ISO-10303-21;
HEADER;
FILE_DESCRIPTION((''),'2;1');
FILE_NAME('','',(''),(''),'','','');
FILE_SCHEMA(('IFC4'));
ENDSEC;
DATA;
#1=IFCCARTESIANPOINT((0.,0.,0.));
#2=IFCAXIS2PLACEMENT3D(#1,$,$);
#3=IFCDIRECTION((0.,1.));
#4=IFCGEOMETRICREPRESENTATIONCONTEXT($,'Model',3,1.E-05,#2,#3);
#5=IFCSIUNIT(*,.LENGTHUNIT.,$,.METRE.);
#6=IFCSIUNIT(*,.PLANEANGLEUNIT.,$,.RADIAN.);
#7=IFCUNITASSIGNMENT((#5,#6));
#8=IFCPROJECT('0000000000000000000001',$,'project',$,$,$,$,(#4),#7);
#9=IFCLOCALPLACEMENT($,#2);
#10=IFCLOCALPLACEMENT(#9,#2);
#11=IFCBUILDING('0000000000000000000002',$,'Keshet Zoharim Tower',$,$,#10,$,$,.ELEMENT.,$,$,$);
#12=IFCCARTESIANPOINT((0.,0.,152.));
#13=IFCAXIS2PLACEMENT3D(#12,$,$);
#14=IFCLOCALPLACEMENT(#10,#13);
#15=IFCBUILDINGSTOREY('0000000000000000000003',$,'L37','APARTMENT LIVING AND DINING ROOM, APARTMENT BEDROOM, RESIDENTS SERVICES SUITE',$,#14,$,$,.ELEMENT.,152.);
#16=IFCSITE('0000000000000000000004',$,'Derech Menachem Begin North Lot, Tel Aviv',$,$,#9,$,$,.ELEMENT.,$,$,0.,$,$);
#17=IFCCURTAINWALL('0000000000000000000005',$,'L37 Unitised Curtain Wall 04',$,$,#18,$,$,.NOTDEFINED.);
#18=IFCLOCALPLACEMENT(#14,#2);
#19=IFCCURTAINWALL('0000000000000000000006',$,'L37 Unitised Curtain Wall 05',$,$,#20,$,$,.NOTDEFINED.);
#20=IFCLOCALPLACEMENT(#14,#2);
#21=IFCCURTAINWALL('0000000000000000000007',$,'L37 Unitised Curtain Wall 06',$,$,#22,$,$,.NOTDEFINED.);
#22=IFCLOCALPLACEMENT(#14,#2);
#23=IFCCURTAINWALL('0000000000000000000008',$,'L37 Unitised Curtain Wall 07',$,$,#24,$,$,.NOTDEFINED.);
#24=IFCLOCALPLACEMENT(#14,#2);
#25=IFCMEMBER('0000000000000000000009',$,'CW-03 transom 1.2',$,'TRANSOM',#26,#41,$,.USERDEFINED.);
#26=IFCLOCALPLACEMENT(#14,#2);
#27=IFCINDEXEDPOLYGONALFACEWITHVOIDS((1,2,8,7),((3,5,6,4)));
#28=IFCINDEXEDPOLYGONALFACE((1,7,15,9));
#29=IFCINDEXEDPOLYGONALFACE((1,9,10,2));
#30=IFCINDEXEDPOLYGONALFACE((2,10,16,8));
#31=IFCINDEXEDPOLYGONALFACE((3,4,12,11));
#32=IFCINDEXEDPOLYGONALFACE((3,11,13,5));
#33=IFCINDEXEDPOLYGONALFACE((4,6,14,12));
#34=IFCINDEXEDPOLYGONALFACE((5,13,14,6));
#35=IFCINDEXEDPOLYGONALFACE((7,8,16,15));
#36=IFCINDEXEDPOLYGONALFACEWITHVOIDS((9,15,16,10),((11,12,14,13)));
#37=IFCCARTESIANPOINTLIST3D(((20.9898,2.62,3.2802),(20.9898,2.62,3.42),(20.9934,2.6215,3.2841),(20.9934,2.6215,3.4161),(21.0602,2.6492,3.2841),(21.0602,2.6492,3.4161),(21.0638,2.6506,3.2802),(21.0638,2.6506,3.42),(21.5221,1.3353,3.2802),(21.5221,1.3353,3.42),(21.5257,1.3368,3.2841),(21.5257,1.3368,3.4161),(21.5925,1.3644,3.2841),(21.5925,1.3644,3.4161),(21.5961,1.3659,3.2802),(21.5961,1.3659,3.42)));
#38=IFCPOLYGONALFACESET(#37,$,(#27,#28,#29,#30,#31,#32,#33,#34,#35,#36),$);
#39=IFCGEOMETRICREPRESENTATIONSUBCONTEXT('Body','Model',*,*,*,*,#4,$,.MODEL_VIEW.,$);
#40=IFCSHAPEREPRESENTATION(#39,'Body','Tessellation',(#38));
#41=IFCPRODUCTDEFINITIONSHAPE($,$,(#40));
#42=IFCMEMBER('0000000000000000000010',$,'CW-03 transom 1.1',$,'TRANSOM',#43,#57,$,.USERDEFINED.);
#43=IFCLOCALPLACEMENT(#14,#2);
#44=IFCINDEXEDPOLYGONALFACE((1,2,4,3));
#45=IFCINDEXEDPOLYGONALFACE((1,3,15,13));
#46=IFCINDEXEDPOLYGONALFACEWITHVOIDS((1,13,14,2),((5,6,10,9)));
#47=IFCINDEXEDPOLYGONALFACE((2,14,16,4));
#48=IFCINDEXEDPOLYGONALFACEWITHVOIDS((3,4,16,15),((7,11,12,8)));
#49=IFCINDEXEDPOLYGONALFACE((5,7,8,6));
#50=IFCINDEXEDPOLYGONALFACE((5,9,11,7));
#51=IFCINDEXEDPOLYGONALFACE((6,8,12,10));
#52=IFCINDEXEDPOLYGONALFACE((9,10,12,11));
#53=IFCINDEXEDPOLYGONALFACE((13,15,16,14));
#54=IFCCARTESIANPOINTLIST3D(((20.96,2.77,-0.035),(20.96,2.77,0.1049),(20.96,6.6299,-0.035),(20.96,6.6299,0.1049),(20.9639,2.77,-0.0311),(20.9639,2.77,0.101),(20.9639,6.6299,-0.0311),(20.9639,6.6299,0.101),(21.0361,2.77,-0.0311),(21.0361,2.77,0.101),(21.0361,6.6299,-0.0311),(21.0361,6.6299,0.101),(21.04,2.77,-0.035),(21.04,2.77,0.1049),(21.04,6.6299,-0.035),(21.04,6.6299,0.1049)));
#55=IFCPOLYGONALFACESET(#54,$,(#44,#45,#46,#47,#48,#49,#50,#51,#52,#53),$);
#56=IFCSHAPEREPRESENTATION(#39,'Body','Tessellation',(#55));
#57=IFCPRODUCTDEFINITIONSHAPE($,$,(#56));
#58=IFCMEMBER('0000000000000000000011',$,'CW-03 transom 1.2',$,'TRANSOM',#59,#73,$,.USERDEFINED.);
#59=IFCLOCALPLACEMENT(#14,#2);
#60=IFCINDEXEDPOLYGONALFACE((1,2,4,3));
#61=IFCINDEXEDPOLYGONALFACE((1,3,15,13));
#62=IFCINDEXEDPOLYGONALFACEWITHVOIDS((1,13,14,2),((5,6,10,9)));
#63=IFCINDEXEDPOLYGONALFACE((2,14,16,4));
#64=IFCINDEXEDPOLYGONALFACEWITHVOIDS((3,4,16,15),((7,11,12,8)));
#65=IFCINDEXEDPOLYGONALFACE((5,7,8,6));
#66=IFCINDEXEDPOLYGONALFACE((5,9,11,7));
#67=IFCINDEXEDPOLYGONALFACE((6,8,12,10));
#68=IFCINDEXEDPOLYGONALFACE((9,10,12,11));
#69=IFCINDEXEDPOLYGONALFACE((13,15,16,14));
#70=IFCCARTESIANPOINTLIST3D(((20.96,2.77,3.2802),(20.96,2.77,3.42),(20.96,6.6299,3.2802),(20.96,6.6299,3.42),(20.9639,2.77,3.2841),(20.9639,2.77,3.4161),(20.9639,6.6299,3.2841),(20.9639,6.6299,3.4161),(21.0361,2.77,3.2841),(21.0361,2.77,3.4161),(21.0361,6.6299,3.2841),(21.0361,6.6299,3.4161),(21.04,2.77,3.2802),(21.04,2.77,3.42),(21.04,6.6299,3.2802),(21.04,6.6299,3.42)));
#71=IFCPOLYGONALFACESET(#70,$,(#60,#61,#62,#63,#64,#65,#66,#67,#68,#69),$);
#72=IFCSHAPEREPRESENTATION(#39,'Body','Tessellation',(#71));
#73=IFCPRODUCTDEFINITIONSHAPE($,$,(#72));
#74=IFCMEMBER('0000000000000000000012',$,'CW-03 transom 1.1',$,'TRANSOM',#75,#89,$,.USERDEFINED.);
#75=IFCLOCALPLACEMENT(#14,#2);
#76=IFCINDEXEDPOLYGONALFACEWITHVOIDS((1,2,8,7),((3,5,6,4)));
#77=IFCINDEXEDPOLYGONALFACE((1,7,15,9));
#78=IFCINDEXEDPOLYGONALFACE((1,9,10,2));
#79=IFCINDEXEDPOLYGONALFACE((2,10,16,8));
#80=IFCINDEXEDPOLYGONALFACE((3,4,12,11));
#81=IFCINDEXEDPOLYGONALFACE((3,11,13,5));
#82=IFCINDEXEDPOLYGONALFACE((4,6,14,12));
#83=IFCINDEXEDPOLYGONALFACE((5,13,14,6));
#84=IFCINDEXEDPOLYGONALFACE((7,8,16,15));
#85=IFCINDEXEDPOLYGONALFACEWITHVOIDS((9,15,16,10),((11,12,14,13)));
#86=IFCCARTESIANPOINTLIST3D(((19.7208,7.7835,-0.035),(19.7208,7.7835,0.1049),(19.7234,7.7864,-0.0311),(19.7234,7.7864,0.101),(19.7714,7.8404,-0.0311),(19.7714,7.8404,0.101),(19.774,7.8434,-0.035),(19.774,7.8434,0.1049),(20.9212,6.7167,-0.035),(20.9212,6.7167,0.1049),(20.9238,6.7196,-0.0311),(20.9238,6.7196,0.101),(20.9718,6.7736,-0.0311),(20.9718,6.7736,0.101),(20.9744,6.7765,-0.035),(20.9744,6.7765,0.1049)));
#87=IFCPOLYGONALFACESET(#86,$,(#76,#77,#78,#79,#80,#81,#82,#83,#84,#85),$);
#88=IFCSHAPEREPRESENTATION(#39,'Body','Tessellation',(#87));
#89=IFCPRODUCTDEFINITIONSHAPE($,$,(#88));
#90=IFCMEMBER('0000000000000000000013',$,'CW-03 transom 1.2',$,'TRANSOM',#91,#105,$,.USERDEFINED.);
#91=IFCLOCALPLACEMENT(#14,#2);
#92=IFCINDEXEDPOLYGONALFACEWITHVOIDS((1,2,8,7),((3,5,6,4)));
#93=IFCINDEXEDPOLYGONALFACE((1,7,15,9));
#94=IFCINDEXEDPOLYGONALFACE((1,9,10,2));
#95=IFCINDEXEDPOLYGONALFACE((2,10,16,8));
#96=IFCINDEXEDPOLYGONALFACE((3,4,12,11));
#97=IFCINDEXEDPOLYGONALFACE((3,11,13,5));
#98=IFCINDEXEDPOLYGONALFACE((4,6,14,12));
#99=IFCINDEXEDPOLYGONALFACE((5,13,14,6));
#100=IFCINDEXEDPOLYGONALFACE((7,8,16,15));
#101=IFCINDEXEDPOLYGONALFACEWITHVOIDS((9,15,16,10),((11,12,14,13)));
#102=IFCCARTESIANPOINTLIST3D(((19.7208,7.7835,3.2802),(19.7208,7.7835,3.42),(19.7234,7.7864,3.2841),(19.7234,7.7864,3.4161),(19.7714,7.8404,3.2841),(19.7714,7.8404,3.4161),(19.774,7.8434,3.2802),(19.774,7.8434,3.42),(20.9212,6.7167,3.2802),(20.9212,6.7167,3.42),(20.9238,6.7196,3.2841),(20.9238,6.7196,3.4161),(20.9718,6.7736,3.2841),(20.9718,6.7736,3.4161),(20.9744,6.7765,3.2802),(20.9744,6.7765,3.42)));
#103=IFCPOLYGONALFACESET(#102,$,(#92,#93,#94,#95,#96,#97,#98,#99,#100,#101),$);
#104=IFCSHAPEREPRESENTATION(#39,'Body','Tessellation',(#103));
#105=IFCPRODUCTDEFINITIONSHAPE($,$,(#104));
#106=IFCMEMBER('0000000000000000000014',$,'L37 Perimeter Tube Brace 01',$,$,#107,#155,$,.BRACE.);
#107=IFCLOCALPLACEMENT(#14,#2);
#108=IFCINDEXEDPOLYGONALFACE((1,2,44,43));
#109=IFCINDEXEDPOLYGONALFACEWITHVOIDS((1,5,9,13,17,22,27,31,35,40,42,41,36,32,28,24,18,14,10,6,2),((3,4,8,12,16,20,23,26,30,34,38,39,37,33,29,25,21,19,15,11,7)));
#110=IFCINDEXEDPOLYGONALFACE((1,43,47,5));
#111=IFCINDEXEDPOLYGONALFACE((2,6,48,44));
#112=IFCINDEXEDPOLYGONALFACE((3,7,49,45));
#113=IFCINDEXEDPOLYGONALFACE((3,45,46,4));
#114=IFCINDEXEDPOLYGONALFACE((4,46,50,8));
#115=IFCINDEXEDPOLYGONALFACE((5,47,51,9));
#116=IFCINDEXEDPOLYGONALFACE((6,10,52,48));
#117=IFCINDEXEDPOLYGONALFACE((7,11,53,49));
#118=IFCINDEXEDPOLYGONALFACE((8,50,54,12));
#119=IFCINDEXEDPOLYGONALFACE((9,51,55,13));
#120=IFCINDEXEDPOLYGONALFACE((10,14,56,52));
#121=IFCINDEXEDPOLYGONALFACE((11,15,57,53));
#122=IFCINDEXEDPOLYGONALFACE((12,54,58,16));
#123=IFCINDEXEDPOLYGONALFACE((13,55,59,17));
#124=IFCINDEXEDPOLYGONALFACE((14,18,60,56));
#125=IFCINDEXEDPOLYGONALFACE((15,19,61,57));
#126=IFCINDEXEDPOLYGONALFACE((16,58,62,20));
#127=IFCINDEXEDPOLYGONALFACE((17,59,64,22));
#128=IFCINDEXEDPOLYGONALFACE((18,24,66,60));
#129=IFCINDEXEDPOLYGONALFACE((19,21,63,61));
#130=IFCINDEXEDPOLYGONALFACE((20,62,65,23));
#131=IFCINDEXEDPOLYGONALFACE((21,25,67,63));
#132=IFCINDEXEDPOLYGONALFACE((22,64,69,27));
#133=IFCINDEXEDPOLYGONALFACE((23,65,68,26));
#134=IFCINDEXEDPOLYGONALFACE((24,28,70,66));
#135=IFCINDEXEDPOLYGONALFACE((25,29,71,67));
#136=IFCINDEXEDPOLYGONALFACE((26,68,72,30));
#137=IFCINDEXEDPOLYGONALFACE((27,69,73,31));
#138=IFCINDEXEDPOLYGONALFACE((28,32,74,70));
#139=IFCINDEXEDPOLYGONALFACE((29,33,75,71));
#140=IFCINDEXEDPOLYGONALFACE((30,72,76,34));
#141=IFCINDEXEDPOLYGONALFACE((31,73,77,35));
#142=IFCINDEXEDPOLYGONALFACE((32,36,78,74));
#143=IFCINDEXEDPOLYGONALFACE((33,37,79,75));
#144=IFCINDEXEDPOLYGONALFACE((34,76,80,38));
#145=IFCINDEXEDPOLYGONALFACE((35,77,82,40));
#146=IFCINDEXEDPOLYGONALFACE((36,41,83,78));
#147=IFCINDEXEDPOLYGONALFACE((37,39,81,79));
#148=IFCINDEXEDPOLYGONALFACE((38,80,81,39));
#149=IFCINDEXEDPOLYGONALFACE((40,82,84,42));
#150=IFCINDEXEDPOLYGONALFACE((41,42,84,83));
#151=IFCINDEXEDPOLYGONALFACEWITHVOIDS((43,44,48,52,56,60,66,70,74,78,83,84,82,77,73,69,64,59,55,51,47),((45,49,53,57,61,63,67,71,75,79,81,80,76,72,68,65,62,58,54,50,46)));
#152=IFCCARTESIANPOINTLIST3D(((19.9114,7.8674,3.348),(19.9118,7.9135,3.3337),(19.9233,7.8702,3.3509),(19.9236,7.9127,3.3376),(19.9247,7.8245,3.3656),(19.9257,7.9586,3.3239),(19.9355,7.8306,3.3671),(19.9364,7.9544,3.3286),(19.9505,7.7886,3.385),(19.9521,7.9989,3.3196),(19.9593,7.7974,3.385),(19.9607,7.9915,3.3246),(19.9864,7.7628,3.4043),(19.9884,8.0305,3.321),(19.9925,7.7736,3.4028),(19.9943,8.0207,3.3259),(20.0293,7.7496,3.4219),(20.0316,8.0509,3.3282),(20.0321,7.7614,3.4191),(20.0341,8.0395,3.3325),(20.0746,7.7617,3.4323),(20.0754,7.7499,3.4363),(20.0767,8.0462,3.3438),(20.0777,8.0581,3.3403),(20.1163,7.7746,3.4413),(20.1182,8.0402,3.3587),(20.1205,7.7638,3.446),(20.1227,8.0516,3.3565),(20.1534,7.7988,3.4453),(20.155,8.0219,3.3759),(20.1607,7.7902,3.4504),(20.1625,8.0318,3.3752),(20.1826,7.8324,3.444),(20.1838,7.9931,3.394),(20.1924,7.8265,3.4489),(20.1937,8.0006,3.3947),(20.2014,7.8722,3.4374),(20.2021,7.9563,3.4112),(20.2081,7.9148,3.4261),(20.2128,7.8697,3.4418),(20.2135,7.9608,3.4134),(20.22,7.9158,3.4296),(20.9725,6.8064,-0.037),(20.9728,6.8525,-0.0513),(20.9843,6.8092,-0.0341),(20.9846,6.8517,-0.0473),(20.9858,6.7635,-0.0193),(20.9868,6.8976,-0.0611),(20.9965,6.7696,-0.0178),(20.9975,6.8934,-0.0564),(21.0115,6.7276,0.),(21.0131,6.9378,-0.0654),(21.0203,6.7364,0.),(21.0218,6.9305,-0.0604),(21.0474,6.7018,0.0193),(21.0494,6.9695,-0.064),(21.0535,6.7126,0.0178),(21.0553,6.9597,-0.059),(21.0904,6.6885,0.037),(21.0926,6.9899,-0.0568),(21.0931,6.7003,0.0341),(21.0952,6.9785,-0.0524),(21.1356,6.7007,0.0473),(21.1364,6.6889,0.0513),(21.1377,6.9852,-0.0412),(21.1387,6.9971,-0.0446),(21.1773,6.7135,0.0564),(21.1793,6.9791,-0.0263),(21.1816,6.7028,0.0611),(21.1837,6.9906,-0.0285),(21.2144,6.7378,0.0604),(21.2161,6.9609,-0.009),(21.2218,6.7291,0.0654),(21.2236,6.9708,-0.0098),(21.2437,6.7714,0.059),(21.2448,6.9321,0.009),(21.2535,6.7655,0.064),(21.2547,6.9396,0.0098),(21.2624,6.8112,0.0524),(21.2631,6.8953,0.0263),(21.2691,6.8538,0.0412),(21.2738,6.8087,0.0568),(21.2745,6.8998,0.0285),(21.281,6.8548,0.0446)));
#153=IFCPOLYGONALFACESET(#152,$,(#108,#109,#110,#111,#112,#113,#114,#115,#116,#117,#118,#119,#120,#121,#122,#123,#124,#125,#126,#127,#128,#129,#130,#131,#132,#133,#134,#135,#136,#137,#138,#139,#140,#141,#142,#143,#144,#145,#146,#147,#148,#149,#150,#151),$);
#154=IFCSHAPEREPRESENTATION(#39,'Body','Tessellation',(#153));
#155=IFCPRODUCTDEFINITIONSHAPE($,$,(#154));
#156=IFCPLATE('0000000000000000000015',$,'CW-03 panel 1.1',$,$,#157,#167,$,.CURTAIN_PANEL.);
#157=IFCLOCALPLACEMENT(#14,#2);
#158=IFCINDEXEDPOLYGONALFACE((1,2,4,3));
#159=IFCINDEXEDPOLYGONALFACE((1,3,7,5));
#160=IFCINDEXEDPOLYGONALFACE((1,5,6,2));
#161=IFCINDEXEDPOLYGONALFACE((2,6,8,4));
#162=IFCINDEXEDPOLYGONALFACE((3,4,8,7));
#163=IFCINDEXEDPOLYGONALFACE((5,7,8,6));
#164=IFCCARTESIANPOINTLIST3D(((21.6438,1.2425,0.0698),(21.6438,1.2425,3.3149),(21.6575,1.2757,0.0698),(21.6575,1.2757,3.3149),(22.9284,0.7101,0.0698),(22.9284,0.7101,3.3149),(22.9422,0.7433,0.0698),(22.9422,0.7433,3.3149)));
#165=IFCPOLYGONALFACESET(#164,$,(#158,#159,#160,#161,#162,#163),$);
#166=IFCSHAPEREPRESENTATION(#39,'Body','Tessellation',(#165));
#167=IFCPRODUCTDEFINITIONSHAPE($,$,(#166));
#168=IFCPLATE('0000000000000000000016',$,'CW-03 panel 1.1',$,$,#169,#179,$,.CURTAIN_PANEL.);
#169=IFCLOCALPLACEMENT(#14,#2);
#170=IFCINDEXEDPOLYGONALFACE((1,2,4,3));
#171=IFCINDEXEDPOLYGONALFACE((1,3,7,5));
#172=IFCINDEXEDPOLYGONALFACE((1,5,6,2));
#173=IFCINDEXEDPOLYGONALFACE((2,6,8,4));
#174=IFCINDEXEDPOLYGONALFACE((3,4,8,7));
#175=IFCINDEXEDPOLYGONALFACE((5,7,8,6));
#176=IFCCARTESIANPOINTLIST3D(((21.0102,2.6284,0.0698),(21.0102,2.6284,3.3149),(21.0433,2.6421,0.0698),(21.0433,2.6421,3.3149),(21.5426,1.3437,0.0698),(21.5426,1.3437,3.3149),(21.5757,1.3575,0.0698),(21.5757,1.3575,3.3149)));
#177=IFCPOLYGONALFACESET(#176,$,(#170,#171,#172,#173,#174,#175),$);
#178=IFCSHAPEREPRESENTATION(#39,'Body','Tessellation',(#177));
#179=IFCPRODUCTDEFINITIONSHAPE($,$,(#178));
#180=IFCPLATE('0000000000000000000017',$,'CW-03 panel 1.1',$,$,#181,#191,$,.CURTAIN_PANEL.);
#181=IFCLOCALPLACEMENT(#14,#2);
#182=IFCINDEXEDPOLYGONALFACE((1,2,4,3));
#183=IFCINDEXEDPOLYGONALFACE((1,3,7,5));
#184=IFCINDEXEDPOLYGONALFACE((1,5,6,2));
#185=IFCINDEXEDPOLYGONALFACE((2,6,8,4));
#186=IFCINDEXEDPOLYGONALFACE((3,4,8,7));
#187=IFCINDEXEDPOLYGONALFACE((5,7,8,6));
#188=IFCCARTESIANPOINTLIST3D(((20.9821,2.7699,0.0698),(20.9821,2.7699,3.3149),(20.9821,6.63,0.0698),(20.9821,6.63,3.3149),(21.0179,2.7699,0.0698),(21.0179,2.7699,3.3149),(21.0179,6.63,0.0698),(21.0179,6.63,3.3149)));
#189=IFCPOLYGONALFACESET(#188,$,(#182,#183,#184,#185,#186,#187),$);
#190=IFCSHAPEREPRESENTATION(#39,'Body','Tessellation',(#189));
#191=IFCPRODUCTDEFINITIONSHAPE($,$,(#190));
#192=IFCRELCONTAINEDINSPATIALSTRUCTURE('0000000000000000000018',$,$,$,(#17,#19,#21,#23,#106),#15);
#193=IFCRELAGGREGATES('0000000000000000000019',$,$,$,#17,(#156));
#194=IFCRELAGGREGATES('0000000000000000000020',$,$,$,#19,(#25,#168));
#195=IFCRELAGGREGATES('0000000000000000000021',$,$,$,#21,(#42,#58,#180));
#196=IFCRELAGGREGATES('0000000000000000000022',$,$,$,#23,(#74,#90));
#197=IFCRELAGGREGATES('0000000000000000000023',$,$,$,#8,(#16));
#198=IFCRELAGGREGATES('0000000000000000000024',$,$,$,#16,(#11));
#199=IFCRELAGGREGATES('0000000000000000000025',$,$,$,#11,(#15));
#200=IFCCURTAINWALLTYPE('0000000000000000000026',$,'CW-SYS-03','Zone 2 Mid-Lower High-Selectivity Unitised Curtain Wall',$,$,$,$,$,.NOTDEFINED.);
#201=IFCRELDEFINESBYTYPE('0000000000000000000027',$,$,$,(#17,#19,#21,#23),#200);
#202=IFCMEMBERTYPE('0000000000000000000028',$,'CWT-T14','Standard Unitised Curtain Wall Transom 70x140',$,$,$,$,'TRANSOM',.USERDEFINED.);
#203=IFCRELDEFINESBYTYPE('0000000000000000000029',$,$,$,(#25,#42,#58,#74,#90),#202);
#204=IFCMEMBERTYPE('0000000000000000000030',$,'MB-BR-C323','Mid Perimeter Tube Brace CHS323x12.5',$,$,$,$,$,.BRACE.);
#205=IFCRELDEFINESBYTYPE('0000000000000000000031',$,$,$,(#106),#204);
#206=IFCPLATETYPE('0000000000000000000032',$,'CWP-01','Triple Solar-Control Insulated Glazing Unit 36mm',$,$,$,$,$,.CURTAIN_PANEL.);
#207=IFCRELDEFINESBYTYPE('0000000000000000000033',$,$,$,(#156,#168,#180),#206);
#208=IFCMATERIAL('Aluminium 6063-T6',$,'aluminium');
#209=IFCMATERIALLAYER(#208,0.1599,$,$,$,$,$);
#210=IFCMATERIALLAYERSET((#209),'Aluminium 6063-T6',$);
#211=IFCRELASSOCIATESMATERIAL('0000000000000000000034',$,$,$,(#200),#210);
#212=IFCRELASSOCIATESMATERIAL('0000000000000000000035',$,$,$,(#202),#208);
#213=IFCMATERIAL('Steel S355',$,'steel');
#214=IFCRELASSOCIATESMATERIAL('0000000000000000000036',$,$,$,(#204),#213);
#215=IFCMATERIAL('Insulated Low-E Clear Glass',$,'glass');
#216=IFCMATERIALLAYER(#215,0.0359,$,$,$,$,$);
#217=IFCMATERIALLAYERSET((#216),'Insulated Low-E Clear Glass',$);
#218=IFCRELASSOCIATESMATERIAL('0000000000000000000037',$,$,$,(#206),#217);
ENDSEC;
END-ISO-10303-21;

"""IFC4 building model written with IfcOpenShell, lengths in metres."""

from ifc_helpers import new_model, si_unit, direction, frame, origin, origin_2d, place, context, subcontext, project, spatial, rectangle, hollow_rectangle, hollow_circle, extrude, material, layer, layer_set, material_profile, profile_set, type_object, element, aggregate, save


model = new_model("IFC4")

# Units and contexts
model_context = context("Model", 3, precision=1e-05, world=origin(), true_north=direction((0.0, 1.0)))
body_context = subcontext(model_context, "Body", "Model", "MODEL_VIEW")
ifc_project = project(units=[si_unit("LENGTHUNIT", "METRE"), si_unit("PLANEANGLEUNIT", "RADIAN")], contexts=[model_context])

# Site, building, storey
site_placement = place(None, origin())
site = spatial("IfcSite", under=ifc_project, at=site_placement, Name="Derech Menachem Begin North Lot, Tel Aviv", CompositionType="ELEMENT", RefElevation=0.0)
building_placement = place(site_placement, origin())
building = spatial("IfcBuilding", under=site, at=building_placement, Name="Keshet Zoharim Tower", CompositionType="ELEMENT")
storey_placement = place(building_placement, frame((0.0, 0.0, 152.0)))
storey = spatial("IfcBuildingStorey", under=building, at=storey_placement, Name="L37", Description="APARTMENT LIVING AND DINING ROOM, APARTMENT BEDROOM, RESIDENTS SERVICES SUITE", CompositionType="ELEMENT", Elevation=152.0)

# Shared definitions
ifc_material_1 = material(Name="Steel S355", Category="steel")

# Shared definitions
ifc_material_2 = material(Name="Aluminium 6063-T6", Category="aluminium")
ifc_layer_1 = layer(ifc_material_2, 0.1599)
ifc_layer_set_1 = layer_set([ifc_layer_1], Name="Aluminium 6063-T6")
curtain_wall_type = type_object("IfcCurtainWallType", Name="CW-SYS-03", Description="Zone 2 Mid-Lower High-Selectivity Unitised Curtain Wall", PredefinedType="NOTDEFINED", material=ifc_layer_set_1)

# Curtain walls
curtain_wall_1_placement = place(storey_placement, origin())
curtain_wall_1 = element("IfcCurtainWall", 1, at=curtain_wall_1_placement, inside=storey, type_object=curtain_wall_type, Name="L37 Unitised Curtain Wall 04", PredefinedType="NOTDEFINED")
curtain_wall_2_placement = place(storey_placement, origin())
curtain_wall_2 = element("IfcCurtainWall", 2, at=curtain_wall_2_placement, inside=storey, type_object=curtain_wall_type, Name="L37 Unitised Curtain Wall 05", PredefinedType="NOTDEFINED")
curtain_wall_3_placement = place(storey_placement, origin())
curtain_wall_3 = element("IfcCurtainWall", 3, at=curtain_wall_3_placement, inside=storey, type_object=curtain_wall_type, Name="L37 Unitised Curtain Wall 06", PredefinedType="NOTDEFINED")

# Curtain wall
curtain_wall_4_placement = place(storey_placement, origin())
curtain_wall_4 = element("IfcCurtainWall", 4, at=curtain_wall_4_placement, inside=storey, type_object=curtain_wall_type, Name="L37 Unitised Curtain Wall 07", PredefinedType="NOTDEFINED")

# Members
ifc_material_profile_1 = material_profile(ifc_material_2, hollow_rectangle(XDim=0.0801, YDim=0.1399, WallThickness=0.0039, at=origin_2d()), Name="TRN-80x140")
ifc_profile_set_1 = profile_set([ifc_material_profile_1], Name="Aluminium 6063-T6")
member_type_1 = type_object("IfcMemberType", Name="CWT-T14", Description="Standard Unitised Curtain Wall Transom 70x140", ElementType="TRANSOM", PredefinedType="USERDEFINED", material=ifc_profile_set_1)
member_1_placement = place(storey_placement, frame((21.5591, 1.3506, 3.3501), z_axis=(-0.382745, 0.923854, 0.0), x_axis=(-0.923854, -0.382745, 0.0)))
member_1 = element("IfcMember", 5, at=member_1_placement, type_object=member_type_1, Name="CW-03 transom 1.2", ObjectType="TRANSOM", PredefinedType="USERDEFINED", context=body_context, shape_type="SweptSolid", body=[
    extrude(hollow_rectangle(XDim=0.0801, YDim=0.1399, WallThickness=0.0039, at=origin_2d()), origin(), (0.0, 0.0, 1.0), 1.3906),
])
member_2_placement = place(storey_placement, frame((21.0, 2.77, 0.0349), z_axis=(0.0, 1.0, 0.0), x_axis=(-1.0, 0.0, 0.0)))
member_2 = element("IfcMember", 6, at=member_2_placement, type_object=member_type_1, Name="CW-03 transom 1.1", ObjectType="TRANSOM", PredefinedType="USERDEFINED", context=body_context, shape_type="SweptSolid", body=[
    extrude(hollow_rectangle(XDim=0.0801, YDim=0.1399, WallThickness=0.0039, at=origin_2d()), origin(), (0.0, 0.0, 1.0), 3.8599),
])
member_3_placement = place(storey_placement, frame((21.0, 2.77, 3.3501), z_axis=(0.0, 1.0, 0.0), x_axis=(-1.0, 0.0, 0.0)))
member_3 = element("IfcMember", 7, at=member_3_placement, type_object=member_type_1, Name="CW-03 transom 1.2", ObjectType="TRANSOM", PredefinedType="USERDEFINED", context=body_context, shape_type="SweptSolid", body=[
    extrude(hollow_rectangle(XDim=0.0801, YDim=0.1399, WallThickness=0.0039, at=origin_2d()), origin(), (0.0, 0.0, 1.0), 3.8599),
])
member_4_placement = place(storey_placement, frame((20.9478, 6.7466, 0.0349), z_axis=(-0.74746, 0.664307, 0.0), x_axis=(-0.664307, -0.74746, 0.0)))
member_4 = element("IfcMember", 8, at=member_4_placement, type_object=member_type_1, Name="CW-03 transom 1.1", ObjectType="TRANSOM", PredefinedType="USERDEFINED", context=body_context, shape_type="SweptSolid", body=[
    extrude(hollow_rectangle(XDim=0.0801, YDim=0.1399, WallThickness=0.0039, at=origin_2d()), origin(), (0.0, 0.0, 1.0), 1.606),
])
member_5_placement = place(storey_placement, frame((20.9478, 6.7466, 3.3501), z_axis=(-0.74746, 0.664307, 0.0), x_axis=(-0.664307, -0.74746, 0.0)))
member_5 = element("IfcMember", 9, at=member_5_placement, type_object=member_type_1, Name="CW-03 transom 1.2", ObjectType="TRANSOM", PredefinedType="USERDEFINED", context=body_context, shape_type="SweptSolid", body=[
    extrude(hollow_rectangle(XDim=0.0801, YDim=0.1399, WallThickness=0.0039, at=origin_2d()), origin(), (0.0, 0.0, 1.0), 1.606),
])
ifc_material_profile_2 = material_profile(ifc_material_1, hollow_circle(Radius=0.1619, WallThickness=0.0125, at=origin_2d()), Name="CHS323x12.5")
ifc_profile_set_2 = profile_set([ifc_material_profile_2], Name="Steel S355")
member_type_2 = type_object("IfcMemberType", Name="MB-BR-C323", Description="Mid Perimeter Tube Brace CHS323x12.5", PredefinedType="BRACE", material=ifc_profile_set_2)
member_6_placement = place(storey_placement, frame((21.126, 6.842, 0.0), z_axis=(-0.286558, 0.286558, 0.914204), x_axis=(-0.707107, -0.707107, 0.0)))
element("IfcMember", 10, at=member_6_placement, inside=storey, type_object=member_type_2, Name="L37 Perimeter Tube Brace 01", PredefinedType="BRACE", context=body_context, shape_type="SweptSolid", body=[
    extrude(hollow_circle(Radius=0.1619, WallThickness=0.0125, at=origin_2d()), origin(), (0.0, 0.0, 1.0), 3.7026),
])

# Plates
ifc_material_3 = material(Name="Insulated Low-E Clear Glass", Category="glass")
ifc_layer_2 = layer(ifc_material_3, 0.0359)
ifc_layer_set_2 = layer_set([ifc_layer_2], Name="Insulated Low-E Clear Glass")
plate_type_1 = type_object("IfcPlateType", Name="CWP-01", Description="Triple Solar-Control Insulated Glazing Unit 36mm", PredefinedType="CURTAIN_PANEL", material=ifc_layer_set_2)
plate_1_placement = place(storey_placement, frame((22.293, 0.9929, 0.0698), z_axis=(0.0, 0.0, 1.0), x_axis=(-0.92381, 0.382852, 0.0)))
plate_1 = element("IfcPlate", 11, at=plate_1_placement, type_object=plate_type_1, Name="CW-03 panel 1.1", PredefinedType="CURTAIN_PANEL", context=body_context, shape_type="SweptSolid", body=[
    extrude(rectangle(XDim=1.3906, YDim=0.0359, at=origin_2d()), origin(), (0.0, 0.0, 1.0), 3.2451),
])
aggregate(curtain_wall_1, [plate_1])
plate_2_placement = place(storey_placement, frame((21.293, 1.9929, 0.0698), z_axis=(0.0, 0.0, 1.0), x_axis=(-0.382852, 0.92381, 0.0)))
plate_2 = element("IfcPlate", 12, at=plate_2_placement, type_object=plate_type_1, Name="CW-03 panel 1.1", PredefinedType="CURTAIN_PANEL", context=body_context, shape_type="SweptSolid", body=[
    extrude(rectangle(XDim=1.3906, YDim=0.0359, at=origin_2d()), origin(), (0.0, 0.0, 1.0), 3.2451),
])
aggregate(curtain_wall_2, [member_1, plate_2])
plate_3_placement = place(storey_placement, frame((21.0, 4.7, 0.0698), z_axis=(0.0, 0.0, 1.0), x_axis=(0.0, 1.0, 0.0)))
plate_3 = element("IfcPlate", 13, at=plate_3_placement, type_object=plate_type_1, Name="CW-03 panel 1.1", PredefinedType="CURTAIN_PANEL", context=body_context, shape_type="SweptSolid", body=[
    extrude(rectangle(XDim=3.8601, YDim=0.0359, at=origin_2d()), origin(), (0.0, 0.0, 1.0), 3.2451),
])
aggregate(curtain_wall_3, [member_2, member_3, plate_3])
aggregate(curtain_wall_4, [member_4, member_5])

save(model, "model.ifc")
